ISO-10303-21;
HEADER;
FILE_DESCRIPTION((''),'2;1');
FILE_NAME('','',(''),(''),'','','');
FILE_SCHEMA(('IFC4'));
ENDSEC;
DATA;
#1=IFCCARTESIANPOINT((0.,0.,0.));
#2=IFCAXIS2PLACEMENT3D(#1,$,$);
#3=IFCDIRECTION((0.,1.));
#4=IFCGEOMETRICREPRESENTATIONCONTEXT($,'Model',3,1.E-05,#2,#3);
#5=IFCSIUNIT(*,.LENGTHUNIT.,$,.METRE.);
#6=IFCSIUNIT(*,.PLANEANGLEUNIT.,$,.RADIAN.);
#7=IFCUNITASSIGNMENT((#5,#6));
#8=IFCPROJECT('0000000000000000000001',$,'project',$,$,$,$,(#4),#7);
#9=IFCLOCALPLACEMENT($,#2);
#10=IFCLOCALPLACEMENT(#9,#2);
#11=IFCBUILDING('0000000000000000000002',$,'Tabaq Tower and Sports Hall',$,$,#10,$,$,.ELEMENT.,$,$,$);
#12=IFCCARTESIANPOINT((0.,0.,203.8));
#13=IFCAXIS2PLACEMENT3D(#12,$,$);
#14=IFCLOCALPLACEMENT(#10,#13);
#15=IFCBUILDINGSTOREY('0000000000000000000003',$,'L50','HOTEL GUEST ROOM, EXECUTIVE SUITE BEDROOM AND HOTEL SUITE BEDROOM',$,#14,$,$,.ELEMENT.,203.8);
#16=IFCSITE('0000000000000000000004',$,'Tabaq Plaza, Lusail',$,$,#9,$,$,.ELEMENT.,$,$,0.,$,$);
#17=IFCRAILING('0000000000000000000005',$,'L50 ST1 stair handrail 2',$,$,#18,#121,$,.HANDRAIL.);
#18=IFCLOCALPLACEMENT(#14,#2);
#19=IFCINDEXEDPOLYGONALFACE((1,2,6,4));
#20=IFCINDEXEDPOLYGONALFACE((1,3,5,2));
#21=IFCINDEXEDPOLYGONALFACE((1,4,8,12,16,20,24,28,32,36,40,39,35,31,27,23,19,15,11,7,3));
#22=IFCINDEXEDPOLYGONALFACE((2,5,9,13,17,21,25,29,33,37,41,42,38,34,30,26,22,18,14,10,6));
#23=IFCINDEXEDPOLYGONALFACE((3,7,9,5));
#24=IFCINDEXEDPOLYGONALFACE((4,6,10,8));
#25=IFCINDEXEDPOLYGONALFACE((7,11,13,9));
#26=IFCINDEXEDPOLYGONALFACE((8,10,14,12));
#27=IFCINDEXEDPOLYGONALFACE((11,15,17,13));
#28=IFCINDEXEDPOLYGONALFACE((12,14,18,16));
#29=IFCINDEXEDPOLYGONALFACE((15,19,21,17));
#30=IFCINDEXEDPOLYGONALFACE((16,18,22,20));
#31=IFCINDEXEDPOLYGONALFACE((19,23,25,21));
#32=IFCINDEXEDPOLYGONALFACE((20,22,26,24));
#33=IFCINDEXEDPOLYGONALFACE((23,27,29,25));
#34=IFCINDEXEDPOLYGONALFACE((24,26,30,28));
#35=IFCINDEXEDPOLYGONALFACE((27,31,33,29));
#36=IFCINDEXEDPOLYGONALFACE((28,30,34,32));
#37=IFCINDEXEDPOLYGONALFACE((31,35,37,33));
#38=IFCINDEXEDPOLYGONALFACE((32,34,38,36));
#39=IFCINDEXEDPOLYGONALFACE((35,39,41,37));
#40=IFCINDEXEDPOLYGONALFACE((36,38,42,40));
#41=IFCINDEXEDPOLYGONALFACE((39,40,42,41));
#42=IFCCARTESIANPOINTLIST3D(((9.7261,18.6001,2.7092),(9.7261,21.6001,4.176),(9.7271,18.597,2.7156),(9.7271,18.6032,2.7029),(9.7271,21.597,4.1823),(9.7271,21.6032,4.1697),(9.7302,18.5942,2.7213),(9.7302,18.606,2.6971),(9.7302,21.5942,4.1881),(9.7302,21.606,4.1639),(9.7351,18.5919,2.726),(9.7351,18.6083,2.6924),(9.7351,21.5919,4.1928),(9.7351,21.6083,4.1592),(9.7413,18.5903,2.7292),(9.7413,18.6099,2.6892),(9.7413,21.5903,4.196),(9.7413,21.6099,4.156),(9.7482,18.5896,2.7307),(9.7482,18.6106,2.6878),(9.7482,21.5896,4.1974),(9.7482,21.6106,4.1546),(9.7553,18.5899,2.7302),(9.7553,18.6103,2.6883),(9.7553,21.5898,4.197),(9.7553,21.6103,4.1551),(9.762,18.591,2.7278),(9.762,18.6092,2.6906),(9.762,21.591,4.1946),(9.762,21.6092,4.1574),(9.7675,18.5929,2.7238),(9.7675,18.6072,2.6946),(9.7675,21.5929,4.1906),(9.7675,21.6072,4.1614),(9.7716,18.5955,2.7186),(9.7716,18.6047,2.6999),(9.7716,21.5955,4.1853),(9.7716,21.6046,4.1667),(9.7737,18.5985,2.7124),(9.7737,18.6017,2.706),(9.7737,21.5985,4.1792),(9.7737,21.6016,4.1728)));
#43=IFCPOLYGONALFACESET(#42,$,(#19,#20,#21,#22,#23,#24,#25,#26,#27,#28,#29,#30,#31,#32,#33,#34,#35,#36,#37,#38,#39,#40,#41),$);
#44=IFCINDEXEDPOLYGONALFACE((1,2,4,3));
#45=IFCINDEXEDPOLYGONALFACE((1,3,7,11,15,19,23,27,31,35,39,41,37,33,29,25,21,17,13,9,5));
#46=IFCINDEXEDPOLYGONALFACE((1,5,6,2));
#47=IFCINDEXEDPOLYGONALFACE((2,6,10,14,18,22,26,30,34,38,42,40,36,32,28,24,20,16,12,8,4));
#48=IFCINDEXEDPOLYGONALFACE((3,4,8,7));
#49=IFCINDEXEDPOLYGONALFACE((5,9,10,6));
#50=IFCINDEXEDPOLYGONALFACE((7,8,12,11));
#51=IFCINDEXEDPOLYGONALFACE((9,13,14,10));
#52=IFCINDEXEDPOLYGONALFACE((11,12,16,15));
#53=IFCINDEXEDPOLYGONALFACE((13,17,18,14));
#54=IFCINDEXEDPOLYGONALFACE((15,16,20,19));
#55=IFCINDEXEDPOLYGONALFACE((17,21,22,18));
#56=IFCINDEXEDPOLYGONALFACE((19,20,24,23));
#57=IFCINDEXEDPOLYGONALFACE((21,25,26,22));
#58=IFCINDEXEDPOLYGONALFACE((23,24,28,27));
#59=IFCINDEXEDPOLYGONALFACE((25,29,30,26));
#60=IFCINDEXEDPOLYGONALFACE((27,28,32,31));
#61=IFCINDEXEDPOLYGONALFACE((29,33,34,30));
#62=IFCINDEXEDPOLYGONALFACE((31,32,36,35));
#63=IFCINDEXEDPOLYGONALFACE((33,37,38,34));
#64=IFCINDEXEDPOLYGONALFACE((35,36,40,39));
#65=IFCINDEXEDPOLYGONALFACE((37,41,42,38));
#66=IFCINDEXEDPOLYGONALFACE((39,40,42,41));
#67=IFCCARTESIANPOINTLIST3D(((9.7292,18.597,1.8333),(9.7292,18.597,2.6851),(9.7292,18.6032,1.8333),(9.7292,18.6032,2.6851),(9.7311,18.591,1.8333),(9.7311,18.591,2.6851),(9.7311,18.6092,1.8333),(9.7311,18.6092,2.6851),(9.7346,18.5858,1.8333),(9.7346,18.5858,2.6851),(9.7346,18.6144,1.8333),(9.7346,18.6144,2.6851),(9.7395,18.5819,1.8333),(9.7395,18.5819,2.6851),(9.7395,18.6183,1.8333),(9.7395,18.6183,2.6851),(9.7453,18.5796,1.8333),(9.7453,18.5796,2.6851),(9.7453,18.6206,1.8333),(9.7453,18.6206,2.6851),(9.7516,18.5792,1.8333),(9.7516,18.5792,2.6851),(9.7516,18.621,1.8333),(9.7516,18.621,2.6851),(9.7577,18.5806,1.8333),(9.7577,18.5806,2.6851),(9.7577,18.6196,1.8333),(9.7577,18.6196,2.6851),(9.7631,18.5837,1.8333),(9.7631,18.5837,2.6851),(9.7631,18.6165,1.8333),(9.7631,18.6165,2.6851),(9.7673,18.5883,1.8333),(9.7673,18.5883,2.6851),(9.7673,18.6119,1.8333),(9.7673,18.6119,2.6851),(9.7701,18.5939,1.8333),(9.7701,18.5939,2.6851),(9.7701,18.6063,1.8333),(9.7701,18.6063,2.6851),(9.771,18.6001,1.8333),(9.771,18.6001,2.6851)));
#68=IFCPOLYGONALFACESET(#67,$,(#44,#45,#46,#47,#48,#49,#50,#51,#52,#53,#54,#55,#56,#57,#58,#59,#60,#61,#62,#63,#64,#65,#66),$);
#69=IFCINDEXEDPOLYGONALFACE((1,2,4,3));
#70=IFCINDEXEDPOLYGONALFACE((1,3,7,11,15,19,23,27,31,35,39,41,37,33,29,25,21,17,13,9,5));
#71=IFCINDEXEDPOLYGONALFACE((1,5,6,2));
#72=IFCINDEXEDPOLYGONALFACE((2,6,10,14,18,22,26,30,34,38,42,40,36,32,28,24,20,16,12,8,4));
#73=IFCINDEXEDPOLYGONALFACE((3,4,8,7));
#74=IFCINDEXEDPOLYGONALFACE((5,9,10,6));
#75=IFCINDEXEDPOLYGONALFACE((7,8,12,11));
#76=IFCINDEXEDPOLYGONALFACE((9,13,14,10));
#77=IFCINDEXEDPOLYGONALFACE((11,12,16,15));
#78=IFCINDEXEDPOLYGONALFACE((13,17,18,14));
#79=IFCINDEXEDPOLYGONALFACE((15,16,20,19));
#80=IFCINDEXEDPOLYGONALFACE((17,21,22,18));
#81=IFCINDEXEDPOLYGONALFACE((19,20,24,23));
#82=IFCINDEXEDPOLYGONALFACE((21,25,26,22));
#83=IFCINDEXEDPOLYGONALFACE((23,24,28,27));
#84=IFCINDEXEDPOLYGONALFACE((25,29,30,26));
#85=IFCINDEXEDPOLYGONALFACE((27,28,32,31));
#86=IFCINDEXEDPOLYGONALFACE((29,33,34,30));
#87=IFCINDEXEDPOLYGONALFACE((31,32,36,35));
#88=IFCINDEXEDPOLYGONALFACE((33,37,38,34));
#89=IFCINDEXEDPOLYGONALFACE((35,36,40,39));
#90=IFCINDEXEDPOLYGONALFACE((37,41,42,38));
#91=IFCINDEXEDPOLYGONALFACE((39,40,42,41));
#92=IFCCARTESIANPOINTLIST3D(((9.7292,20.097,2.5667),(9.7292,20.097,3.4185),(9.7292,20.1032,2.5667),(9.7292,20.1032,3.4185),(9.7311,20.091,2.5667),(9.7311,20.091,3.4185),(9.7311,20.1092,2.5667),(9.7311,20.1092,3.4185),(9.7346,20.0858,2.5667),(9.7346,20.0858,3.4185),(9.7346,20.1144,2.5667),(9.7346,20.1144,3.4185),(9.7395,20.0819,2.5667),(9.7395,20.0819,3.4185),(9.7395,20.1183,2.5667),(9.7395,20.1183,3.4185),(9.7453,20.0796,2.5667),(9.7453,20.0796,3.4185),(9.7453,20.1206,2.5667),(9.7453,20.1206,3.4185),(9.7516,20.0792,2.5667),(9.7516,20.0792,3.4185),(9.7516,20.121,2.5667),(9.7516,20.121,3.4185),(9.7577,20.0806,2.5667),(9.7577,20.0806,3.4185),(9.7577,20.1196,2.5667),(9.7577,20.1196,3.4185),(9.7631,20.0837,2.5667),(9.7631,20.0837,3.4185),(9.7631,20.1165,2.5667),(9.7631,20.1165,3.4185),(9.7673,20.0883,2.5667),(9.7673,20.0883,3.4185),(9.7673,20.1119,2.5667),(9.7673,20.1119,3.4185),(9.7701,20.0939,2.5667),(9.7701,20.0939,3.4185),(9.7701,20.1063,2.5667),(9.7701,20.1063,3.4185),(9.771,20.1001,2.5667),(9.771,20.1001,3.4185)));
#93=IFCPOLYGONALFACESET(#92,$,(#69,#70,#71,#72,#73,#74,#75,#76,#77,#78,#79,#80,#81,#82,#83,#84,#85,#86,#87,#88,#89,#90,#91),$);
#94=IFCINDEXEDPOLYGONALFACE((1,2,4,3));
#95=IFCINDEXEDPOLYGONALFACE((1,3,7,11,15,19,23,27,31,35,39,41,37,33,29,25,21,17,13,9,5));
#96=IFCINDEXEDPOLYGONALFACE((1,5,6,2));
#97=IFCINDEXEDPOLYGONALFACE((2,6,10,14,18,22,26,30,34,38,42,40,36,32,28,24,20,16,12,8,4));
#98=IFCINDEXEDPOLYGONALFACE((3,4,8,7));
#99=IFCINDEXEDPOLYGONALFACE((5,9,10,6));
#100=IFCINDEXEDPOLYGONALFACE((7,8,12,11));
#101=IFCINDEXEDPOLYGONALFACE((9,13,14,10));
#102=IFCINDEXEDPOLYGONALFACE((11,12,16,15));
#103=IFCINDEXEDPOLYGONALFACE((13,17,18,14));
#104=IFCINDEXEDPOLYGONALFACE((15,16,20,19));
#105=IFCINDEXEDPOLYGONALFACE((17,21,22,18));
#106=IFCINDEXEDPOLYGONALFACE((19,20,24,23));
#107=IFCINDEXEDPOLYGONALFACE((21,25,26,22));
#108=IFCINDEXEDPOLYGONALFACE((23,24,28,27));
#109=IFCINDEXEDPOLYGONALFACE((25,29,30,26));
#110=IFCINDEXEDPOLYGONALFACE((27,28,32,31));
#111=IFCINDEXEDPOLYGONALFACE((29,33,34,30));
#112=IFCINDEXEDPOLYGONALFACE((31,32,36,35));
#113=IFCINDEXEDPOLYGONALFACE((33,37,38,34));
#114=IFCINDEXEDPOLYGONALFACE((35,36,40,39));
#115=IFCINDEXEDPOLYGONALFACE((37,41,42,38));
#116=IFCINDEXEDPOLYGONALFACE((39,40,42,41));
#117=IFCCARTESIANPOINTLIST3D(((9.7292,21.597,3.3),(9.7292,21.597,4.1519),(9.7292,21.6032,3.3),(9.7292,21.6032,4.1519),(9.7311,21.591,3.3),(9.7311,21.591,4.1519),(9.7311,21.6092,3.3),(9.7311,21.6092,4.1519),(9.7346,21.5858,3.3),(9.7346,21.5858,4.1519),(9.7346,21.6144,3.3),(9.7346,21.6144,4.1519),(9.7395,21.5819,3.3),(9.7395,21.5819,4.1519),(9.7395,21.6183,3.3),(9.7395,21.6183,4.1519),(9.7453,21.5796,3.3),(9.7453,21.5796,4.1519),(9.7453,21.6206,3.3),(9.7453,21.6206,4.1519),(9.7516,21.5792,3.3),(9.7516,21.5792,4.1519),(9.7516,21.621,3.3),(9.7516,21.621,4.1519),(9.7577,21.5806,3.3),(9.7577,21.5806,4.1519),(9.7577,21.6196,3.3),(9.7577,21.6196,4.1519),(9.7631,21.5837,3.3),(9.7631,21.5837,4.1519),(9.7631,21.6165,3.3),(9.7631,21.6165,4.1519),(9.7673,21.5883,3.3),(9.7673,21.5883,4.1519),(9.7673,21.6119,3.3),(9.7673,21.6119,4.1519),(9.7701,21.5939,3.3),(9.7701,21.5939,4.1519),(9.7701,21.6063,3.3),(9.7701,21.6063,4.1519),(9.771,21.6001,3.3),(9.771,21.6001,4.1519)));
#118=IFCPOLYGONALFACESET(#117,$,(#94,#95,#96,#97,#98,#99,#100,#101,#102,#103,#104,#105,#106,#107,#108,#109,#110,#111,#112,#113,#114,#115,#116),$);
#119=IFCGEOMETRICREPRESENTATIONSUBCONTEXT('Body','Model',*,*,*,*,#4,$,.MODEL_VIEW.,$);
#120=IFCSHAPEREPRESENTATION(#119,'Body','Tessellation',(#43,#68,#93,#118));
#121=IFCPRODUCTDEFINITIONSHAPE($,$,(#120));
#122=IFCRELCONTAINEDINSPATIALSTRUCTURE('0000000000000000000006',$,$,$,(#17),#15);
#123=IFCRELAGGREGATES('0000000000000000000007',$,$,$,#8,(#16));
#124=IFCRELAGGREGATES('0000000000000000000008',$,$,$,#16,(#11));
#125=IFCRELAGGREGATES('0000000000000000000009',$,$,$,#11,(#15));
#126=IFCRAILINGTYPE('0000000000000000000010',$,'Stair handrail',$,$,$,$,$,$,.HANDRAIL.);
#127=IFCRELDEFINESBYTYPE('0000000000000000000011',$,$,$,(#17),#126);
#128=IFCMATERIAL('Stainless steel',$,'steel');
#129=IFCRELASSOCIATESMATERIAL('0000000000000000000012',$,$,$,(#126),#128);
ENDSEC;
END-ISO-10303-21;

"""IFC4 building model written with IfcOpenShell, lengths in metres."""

from ifc_helpers import new_model, si_unit, direction, frame, origin, origin_2d, place, context, subcontext, project, spatial, circle, extrude, material, type_object, element, save


model = new_model("IFC4")

# Units and contexts
model_context = context("Model", 3, precision=1e-05, world=origin(), true_north=direction((0.0, 1.0)))
body_context = subcontext(model_context, "Body", "Model", "MODEL_VIEW")
ifc_project = project(units=[si_unit("LENGTHUNIT", "METRE"), si_unit("PLANEANGLEUNIT", "RADIAN")], contexts=[model_context])

# Site, building, storey
site_placement = place(None, origin())
site = spatial("IfcSite", under=ifc_project, at=site_placement, Name="Tabaq Plaza, Lusail", CompositionType="ELEMENT", RefElevation=0.0)
building_placement = place(site_placement, origin())
building = spatial("IfcBuilding", under=site, at=building_placement, Name="Tabaq Tower and Sports Hall", CompositionType="ELEMENT")
storey_placement = place(building_placement, frame((0.0, 0.0, 203.8)))
storey = spatial("IfcBuildingStorey", under=building, at=storey_placement, Name="L50", Description="HOTEL GUEST ROOM, EXECUTIVE SUITE BEDROOM AND HOTEL SUITE BEDROOM", CompositionType="ELEMENT", Elevation=203.8)

# Railing
ifc_material_1 = material(Name="Stainless steel", Category="steel")
railing_type = type_object("IfcRailingType", Name="Stair handrail", PredefinedType="HANDRAIL", material=ifc_material_1)
railing_1_placement = place(storey_placement, frame((9.75, 18.6001, 1.8333)))
element("IfcRailing", 1, at=railing_1_placement, inside=storey, type_object=railing_type, Name="L50 ST1 stair handrail 2", PredefinedType="HANDRAIL", context=body_context, shape_type="SweptSolid", body=[
    extrude(circle(Radius=0.0239, at=origin_2d()), frame((0.0, 0.0, 0.876), z_axis=(0.0, 0.898369, 0.439242), x_axis=(-1.0, 0.0, 0.0)), (0.0, 0.0, 1.0), 3.3394),
    extrude(circle(Radius=0.021, at=origin_2d()), origin(), (0.0, 0.0, 1.0), 0.8518),
    extrude(circle(Radius=0.021, at=origin_2d()), frame((0.0, 1.5, 0.7334)), (0.0, 0.0, 1.0), 0.8518),
    extrude(circle(Radius=0.021, at=origin_2d()), frame((0.0, 3.0, 1.4668)), (0.0, 0.0, 1.0), 0.8518),
])

save(model, "model.ifc")
